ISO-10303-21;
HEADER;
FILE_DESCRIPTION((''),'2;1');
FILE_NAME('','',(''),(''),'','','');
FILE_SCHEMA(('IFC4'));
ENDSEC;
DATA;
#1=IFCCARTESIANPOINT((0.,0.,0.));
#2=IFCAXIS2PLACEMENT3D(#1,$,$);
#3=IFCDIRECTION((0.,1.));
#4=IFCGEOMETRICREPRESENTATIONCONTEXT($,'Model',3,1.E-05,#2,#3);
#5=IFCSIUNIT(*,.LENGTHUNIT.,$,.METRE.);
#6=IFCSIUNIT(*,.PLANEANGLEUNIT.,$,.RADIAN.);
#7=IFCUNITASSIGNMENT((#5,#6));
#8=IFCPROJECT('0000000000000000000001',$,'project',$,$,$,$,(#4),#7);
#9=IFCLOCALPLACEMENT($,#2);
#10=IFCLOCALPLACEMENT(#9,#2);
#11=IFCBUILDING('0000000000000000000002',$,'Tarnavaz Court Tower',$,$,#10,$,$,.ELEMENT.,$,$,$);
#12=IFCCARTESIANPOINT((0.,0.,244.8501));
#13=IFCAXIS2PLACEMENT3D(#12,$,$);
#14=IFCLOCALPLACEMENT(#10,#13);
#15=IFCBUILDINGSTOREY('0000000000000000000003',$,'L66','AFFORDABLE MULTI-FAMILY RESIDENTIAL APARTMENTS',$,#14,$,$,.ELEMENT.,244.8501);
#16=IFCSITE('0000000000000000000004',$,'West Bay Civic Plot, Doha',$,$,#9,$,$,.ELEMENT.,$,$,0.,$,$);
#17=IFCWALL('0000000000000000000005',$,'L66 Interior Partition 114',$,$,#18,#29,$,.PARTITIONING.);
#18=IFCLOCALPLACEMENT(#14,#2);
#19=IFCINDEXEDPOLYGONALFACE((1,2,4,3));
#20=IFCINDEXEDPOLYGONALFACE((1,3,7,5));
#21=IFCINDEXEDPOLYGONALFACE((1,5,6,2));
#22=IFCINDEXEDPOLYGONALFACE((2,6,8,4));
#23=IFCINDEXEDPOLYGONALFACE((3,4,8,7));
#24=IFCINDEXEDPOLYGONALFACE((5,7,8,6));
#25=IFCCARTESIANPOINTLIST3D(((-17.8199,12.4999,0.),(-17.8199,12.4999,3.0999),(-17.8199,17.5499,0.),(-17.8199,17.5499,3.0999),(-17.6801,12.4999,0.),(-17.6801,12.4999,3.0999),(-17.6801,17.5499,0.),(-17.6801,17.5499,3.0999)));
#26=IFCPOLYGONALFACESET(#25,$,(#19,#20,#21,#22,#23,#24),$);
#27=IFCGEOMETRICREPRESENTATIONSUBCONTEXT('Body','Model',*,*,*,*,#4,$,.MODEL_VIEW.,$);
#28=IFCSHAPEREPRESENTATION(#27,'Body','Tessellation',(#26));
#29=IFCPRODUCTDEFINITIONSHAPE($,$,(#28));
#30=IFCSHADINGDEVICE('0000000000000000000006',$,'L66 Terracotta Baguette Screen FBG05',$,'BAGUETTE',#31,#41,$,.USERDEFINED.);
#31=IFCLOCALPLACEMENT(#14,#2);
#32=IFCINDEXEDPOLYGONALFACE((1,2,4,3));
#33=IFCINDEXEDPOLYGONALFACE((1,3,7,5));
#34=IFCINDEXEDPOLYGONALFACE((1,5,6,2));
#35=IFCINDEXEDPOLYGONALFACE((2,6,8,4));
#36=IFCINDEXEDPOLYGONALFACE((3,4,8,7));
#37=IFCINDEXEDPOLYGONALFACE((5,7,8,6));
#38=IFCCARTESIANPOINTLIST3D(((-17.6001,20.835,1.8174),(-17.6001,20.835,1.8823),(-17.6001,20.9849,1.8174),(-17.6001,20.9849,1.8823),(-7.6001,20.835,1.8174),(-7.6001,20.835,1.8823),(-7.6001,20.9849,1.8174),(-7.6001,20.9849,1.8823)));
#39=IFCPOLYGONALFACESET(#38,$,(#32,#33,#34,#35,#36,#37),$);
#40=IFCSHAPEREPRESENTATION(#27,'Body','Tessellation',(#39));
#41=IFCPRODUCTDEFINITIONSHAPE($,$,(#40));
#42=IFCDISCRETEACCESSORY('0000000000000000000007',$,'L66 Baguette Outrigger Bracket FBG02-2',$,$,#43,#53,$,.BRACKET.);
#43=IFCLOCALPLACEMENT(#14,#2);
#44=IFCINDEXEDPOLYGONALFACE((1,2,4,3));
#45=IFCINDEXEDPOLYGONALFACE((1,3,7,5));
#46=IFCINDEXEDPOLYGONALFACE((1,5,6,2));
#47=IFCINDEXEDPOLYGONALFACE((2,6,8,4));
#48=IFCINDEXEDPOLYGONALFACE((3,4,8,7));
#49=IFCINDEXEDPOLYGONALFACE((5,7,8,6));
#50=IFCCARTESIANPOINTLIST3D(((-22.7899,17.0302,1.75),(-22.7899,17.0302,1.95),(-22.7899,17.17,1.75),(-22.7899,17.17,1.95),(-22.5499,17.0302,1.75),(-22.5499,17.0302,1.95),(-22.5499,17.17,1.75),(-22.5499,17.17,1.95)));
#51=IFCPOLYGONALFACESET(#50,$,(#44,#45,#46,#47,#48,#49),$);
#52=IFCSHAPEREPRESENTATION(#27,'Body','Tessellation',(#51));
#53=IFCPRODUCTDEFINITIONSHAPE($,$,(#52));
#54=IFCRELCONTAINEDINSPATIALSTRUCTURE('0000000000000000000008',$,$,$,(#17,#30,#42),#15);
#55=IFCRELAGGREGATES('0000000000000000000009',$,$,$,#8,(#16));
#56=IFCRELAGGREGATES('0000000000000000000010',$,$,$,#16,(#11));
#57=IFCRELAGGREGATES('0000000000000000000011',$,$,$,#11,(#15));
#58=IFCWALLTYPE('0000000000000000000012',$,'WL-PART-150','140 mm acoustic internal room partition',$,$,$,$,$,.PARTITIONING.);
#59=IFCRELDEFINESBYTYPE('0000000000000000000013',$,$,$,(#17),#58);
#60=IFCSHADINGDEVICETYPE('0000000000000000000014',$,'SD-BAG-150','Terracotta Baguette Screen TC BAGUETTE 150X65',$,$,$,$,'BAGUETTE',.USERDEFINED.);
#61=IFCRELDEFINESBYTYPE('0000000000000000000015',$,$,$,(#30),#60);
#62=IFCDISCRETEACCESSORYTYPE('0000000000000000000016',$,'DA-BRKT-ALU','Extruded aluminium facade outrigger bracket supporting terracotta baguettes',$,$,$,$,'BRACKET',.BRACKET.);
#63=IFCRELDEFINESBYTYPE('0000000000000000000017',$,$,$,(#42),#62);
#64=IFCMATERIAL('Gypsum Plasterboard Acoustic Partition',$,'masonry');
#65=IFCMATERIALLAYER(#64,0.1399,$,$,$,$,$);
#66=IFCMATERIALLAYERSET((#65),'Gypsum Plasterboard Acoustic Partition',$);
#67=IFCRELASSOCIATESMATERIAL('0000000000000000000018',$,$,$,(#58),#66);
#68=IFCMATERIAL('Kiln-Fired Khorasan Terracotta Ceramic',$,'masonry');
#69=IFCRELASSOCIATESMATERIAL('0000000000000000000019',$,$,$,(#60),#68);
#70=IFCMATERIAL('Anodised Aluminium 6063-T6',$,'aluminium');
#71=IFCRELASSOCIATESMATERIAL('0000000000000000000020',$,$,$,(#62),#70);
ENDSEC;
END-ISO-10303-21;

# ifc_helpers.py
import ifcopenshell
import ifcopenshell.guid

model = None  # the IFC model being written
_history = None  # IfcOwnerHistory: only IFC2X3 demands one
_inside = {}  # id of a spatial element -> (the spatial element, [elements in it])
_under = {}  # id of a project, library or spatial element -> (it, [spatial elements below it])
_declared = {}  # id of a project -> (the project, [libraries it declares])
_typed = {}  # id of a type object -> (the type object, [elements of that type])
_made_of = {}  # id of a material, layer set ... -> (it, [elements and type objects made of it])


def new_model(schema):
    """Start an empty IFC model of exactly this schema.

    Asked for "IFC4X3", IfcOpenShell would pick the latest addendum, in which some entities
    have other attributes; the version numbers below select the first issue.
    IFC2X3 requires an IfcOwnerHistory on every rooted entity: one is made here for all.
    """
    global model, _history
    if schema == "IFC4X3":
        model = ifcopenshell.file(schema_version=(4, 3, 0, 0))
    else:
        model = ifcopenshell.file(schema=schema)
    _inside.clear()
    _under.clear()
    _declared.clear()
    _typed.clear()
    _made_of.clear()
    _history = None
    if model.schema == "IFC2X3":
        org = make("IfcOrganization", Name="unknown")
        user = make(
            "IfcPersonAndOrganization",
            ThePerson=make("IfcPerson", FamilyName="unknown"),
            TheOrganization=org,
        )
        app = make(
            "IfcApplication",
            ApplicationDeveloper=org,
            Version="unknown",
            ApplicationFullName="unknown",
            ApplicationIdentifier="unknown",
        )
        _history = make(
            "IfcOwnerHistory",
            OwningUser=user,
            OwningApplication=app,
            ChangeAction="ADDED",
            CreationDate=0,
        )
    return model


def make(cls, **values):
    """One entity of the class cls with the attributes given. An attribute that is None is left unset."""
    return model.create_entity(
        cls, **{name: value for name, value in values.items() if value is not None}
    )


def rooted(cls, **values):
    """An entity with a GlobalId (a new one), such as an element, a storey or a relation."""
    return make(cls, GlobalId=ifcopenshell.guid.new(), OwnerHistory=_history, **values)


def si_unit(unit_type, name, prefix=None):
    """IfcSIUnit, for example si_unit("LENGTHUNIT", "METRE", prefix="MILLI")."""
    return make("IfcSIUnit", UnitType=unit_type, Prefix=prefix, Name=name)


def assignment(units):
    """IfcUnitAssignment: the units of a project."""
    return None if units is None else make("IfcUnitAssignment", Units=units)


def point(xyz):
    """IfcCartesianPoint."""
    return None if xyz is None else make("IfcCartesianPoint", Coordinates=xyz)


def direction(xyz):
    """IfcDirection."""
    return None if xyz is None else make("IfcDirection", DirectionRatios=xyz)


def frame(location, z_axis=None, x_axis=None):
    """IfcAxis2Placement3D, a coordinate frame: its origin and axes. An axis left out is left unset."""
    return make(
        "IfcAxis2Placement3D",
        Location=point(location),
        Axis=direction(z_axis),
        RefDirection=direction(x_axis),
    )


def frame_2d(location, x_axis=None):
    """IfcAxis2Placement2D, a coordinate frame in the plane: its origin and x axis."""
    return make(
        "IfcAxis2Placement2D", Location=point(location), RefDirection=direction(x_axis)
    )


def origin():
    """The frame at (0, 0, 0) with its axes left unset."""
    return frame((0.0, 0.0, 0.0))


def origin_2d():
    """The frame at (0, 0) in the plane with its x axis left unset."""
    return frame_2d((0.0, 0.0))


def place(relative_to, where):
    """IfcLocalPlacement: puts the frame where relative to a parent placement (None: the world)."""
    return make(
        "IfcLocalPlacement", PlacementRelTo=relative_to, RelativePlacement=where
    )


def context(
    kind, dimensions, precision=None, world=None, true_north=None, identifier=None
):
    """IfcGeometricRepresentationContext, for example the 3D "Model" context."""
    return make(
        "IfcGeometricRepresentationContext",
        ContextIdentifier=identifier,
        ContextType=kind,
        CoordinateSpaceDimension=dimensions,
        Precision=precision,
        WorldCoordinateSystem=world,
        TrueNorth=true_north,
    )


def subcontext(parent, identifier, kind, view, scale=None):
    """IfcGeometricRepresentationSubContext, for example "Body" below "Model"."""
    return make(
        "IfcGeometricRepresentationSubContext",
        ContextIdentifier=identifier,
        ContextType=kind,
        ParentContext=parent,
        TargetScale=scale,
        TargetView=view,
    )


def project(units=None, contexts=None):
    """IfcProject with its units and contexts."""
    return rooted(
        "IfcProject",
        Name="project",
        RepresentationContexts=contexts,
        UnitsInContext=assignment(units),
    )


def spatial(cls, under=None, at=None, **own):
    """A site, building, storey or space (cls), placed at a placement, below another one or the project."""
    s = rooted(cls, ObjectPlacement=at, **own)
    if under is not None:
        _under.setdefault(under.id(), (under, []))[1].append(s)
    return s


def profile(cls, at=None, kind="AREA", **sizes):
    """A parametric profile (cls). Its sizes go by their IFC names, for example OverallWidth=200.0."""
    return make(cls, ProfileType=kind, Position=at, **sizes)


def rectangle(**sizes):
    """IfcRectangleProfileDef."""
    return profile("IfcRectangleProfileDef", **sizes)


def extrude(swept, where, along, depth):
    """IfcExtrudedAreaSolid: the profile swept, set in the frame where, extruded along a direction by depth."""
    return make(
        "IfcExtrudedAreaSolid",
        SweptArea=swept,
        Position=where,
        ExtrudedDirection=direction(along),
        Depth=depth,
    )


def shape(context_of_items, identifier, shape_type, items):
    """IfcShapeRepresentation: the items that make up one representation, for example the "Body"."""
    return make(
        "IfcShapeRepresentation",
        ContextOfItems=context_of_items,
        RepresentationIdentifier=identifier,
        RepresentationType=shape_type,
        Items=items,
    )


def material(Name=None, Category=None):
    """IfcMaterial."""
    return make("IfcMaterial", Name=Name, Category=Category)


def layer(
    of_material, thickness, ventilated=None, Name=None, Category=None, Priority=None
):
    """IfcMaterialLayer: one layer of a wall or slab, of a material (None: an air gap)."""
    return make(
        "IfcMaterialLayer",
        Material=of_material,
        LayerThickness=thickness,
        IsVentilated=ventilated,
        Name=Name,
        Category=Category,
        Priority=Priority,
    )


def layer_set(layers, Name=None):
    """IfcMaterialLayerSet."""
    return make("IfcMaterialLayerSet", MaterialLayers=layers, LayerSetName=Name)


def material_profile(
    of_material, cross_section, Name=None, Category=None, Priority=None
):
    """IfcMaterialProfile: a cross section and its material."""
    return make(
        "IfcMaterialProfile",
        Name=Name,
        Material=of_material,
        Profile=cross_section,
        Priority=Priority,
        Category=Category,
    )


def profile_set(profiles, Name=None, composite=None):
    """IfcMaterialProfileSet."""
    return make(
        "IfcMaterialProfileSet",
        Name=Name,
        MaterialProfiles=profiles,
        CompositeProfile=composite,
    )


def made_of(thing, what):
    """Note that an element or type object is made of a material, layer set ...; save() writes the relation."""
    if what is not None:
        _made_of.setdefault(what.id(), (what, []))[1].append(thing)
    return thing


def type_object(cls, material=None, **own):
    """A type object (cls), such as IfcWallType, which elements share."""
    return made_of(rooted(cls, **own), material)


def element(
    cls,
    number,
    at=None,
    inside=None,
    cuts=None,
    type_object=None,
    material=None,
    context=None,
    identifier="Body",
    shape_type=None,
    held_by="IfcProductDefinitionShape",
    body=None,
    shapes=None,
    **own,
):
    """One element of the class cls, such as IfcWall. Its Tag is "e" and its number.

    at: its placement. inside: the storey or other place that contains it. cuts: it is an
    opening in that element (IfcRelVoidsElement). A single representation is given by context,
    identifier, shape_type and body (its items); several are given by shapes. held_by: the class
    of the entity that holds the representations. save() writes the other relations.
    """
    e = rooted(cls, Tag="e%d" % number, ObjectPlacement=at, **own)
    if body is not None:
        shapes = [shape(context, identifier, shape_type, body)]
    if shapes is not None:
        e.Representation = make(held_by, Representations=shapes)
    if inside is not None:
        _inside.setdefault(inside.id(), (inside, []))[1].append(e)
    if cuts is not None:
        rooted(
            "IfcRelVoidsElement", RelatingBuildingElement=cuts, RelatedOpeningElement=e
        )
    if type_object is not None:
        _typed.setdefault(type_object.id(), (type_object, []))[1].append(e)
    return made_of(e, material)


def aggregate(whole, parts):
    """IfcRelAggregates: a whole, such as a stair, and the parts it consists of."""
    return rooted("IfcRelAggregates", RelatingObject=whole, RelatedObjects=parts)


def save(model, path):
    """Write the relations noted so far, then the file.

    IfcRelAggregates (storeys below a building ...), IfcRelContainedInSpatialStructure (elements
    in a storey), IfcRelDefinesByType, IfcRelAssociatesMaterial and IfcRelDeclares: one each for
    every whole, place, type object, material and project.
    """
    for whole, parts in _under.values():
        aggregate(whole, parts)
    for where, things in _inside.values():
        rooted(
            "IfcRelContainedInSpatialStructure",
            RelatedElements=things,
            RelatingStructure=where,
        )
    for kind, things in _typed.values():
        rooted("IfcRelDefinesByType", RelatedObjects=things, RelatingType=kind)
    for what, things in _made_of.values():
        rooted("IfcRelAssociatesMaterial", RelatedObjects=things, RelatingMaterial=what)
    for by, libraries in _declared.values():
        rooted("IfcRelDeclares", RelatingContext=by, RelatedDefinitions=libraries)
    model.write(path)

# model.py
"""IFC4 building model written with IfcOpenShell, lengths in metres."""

from ifc_helpers import new_model, si_unit, direction, frame, frame_2d, origin, origin_2d, place, context, subcontext, project, spatial, rectangle, extrude, material, layer, layer_set, material_profile, profile_set, type_object, element, save


model = new_model("IFC4")

# Units and contexts
model_context = context("Model", 3, precision=1e-05, world=origin(), true_north=direction((0.0, 1.0)))
body_context = subcontext(model_context, "Body", "Model", "MODEL_VIEW")
ifc_project = project(units=[si_unit("LENGTHUNIT", "METRE"), si_unit("PLANEANGLEUNIT", "RADIAN")], contexts=[model_context])

# Site, building, storey
site_placement = place(None, origin())
site = spatial("IfcSite", under=ifc_project, at=site_placement, Name="West Bay Civic Plot, Doha", CompositionType="ELEMENT", RefElevation=0.0)
building_placement = place(site_placement, origin())
building = spatial("IfcBuilding", under=site, at=building_placement, Name="Tarnavaz Court Tower", CompositionType="ELEMENT")
storey_placement = place(building_placement, frame((0.0, 0.0, 244.8501)))
storey = spatial("IfcBuildingStorey", under=building, at=storey_placement, Name="L66", Description="AFFORDABLE MULTI-FAMILY RESIDENTIAL APARTMENTS", CompositionType="ELEMENT", Elevation=244.8501)

# Wall
ifc_material_1 = material(Name="Gypsum Plasterboard Acoustic Partition", Category="masonry")
ifc_layer_1 = layer(ifc_material_1, 0.1399)
ifc_layer_set_1 = layer_set([ifc_layer_1], Name="Gypsum Plasterboard Acoustic Partition")
wall_type_1 = type_object("IfcWallType", Name="WL-PART-150", Description="140 mm acoustic internal room partition", PredefinedType="PARTITIONING", material=ifc_layer_set_1)
wall_1_placement = place(storey_placement, frame((-17.75, 12.5, 0.0), z_axis=(0.0, 0.0, 1.0), x_axis=(0.0, 1.0, 0.0)))
element("IfcWall", 1, at=wall_1_placement, inside=storey, type_object=wall_type_1, Name="L66 Interior Partition 114", PredefinedType="PARTITIONING", context=body_context, shape_type="SweptSolid", body=[
    extrude(rectangle(XDim=5.05, YDim=0.1399, at=frame_2d((2.5249, 0.0))), origin(), (0.0, 0.0, 1.0), 3.0999),
])

# Shading device
ifc_material_2 = material(Name="Kiln-Fired Khorasan Terracotta Ceramic", Category="masonry")
ifc_material_profile_1 = material_profile(ifc_material_2, rectangle(XDim=0.1499, YDim=0.0649, at=origin_2d()), Name="TC BAGUETTE 150X65")
ifc_profile_set_1 = profile_set([ifc_material_profile_1], Name="Kiln-Fired Khorasan Terracotta Ceramic")
shading_device_type = type_object("IfcShadingDeviceType", Name="SD-BAG-150", Description="Terracotta Baguette Screen TC BAGUETTE 150X65", ElementType="BAGUETTE", PredefinedType="USERDEFINED", material=ifc_profile_set_1)
shading_device_placement = place(storey_placement, frame((-17.6001, 20.9099, 1.8499), z_axis=(1.0, 0.0, 0.0), x_axis=(0.0, 1.0, 0.0)))
element("IfcShadingDevice", 2, at=shading_device_placement, inside=storey, type_object=shading_device_type, Name="L66 Terracotta Baguette Screen FBG05", ObjectType="BAGUETTE", PredefinedType="USERDEFINED", context=body_context, shape_type="SweptSolid", body=[
    extrude(rectangle(XDim=0.1499, YDim=0.0649, at=origin_2d()), origin(), (0.0, 0.0, 1.0), 10.0),
])

# Discrete accessory
ifc_material_3 = material(Name="Anodised Aluminium 6063-T6", Category="aluminium")
discrete_accessory_type = type_object("IfcDiscreteAccessoryType", Name="DA-BRKT-ALU", Description="Extruded aluminium facade outrigger bracket supporting terracotta baguettes", ElementType="BRACKET", PredefinedType="BRACKET", material=ifc_material_3)
discrete_accessory_placement = place(storey_placement, frame((-22.6699, 17.1001, 1.75), z_axis=(0.0, 0.0, 1.0), x_axis=(0.0, 1.0, 0.0)))
element("IfcDiscreteAccessory", 3, at=discrete_accessory_placement, inside=storey, type_object=discrete_accessory_type, Name="L66 Baguette Outrigger Bracket FBG02-2", PredefinedType="BRACKET", context=body_context, shape_type="SweptSolid", body=[
    extrude(rectangle(XDim=0.1399, YDim=0.24, at=origin_2d()), origin(), (0.0, 0.0, 1.0), 0.2),
])

save(model, "model.ifc")
